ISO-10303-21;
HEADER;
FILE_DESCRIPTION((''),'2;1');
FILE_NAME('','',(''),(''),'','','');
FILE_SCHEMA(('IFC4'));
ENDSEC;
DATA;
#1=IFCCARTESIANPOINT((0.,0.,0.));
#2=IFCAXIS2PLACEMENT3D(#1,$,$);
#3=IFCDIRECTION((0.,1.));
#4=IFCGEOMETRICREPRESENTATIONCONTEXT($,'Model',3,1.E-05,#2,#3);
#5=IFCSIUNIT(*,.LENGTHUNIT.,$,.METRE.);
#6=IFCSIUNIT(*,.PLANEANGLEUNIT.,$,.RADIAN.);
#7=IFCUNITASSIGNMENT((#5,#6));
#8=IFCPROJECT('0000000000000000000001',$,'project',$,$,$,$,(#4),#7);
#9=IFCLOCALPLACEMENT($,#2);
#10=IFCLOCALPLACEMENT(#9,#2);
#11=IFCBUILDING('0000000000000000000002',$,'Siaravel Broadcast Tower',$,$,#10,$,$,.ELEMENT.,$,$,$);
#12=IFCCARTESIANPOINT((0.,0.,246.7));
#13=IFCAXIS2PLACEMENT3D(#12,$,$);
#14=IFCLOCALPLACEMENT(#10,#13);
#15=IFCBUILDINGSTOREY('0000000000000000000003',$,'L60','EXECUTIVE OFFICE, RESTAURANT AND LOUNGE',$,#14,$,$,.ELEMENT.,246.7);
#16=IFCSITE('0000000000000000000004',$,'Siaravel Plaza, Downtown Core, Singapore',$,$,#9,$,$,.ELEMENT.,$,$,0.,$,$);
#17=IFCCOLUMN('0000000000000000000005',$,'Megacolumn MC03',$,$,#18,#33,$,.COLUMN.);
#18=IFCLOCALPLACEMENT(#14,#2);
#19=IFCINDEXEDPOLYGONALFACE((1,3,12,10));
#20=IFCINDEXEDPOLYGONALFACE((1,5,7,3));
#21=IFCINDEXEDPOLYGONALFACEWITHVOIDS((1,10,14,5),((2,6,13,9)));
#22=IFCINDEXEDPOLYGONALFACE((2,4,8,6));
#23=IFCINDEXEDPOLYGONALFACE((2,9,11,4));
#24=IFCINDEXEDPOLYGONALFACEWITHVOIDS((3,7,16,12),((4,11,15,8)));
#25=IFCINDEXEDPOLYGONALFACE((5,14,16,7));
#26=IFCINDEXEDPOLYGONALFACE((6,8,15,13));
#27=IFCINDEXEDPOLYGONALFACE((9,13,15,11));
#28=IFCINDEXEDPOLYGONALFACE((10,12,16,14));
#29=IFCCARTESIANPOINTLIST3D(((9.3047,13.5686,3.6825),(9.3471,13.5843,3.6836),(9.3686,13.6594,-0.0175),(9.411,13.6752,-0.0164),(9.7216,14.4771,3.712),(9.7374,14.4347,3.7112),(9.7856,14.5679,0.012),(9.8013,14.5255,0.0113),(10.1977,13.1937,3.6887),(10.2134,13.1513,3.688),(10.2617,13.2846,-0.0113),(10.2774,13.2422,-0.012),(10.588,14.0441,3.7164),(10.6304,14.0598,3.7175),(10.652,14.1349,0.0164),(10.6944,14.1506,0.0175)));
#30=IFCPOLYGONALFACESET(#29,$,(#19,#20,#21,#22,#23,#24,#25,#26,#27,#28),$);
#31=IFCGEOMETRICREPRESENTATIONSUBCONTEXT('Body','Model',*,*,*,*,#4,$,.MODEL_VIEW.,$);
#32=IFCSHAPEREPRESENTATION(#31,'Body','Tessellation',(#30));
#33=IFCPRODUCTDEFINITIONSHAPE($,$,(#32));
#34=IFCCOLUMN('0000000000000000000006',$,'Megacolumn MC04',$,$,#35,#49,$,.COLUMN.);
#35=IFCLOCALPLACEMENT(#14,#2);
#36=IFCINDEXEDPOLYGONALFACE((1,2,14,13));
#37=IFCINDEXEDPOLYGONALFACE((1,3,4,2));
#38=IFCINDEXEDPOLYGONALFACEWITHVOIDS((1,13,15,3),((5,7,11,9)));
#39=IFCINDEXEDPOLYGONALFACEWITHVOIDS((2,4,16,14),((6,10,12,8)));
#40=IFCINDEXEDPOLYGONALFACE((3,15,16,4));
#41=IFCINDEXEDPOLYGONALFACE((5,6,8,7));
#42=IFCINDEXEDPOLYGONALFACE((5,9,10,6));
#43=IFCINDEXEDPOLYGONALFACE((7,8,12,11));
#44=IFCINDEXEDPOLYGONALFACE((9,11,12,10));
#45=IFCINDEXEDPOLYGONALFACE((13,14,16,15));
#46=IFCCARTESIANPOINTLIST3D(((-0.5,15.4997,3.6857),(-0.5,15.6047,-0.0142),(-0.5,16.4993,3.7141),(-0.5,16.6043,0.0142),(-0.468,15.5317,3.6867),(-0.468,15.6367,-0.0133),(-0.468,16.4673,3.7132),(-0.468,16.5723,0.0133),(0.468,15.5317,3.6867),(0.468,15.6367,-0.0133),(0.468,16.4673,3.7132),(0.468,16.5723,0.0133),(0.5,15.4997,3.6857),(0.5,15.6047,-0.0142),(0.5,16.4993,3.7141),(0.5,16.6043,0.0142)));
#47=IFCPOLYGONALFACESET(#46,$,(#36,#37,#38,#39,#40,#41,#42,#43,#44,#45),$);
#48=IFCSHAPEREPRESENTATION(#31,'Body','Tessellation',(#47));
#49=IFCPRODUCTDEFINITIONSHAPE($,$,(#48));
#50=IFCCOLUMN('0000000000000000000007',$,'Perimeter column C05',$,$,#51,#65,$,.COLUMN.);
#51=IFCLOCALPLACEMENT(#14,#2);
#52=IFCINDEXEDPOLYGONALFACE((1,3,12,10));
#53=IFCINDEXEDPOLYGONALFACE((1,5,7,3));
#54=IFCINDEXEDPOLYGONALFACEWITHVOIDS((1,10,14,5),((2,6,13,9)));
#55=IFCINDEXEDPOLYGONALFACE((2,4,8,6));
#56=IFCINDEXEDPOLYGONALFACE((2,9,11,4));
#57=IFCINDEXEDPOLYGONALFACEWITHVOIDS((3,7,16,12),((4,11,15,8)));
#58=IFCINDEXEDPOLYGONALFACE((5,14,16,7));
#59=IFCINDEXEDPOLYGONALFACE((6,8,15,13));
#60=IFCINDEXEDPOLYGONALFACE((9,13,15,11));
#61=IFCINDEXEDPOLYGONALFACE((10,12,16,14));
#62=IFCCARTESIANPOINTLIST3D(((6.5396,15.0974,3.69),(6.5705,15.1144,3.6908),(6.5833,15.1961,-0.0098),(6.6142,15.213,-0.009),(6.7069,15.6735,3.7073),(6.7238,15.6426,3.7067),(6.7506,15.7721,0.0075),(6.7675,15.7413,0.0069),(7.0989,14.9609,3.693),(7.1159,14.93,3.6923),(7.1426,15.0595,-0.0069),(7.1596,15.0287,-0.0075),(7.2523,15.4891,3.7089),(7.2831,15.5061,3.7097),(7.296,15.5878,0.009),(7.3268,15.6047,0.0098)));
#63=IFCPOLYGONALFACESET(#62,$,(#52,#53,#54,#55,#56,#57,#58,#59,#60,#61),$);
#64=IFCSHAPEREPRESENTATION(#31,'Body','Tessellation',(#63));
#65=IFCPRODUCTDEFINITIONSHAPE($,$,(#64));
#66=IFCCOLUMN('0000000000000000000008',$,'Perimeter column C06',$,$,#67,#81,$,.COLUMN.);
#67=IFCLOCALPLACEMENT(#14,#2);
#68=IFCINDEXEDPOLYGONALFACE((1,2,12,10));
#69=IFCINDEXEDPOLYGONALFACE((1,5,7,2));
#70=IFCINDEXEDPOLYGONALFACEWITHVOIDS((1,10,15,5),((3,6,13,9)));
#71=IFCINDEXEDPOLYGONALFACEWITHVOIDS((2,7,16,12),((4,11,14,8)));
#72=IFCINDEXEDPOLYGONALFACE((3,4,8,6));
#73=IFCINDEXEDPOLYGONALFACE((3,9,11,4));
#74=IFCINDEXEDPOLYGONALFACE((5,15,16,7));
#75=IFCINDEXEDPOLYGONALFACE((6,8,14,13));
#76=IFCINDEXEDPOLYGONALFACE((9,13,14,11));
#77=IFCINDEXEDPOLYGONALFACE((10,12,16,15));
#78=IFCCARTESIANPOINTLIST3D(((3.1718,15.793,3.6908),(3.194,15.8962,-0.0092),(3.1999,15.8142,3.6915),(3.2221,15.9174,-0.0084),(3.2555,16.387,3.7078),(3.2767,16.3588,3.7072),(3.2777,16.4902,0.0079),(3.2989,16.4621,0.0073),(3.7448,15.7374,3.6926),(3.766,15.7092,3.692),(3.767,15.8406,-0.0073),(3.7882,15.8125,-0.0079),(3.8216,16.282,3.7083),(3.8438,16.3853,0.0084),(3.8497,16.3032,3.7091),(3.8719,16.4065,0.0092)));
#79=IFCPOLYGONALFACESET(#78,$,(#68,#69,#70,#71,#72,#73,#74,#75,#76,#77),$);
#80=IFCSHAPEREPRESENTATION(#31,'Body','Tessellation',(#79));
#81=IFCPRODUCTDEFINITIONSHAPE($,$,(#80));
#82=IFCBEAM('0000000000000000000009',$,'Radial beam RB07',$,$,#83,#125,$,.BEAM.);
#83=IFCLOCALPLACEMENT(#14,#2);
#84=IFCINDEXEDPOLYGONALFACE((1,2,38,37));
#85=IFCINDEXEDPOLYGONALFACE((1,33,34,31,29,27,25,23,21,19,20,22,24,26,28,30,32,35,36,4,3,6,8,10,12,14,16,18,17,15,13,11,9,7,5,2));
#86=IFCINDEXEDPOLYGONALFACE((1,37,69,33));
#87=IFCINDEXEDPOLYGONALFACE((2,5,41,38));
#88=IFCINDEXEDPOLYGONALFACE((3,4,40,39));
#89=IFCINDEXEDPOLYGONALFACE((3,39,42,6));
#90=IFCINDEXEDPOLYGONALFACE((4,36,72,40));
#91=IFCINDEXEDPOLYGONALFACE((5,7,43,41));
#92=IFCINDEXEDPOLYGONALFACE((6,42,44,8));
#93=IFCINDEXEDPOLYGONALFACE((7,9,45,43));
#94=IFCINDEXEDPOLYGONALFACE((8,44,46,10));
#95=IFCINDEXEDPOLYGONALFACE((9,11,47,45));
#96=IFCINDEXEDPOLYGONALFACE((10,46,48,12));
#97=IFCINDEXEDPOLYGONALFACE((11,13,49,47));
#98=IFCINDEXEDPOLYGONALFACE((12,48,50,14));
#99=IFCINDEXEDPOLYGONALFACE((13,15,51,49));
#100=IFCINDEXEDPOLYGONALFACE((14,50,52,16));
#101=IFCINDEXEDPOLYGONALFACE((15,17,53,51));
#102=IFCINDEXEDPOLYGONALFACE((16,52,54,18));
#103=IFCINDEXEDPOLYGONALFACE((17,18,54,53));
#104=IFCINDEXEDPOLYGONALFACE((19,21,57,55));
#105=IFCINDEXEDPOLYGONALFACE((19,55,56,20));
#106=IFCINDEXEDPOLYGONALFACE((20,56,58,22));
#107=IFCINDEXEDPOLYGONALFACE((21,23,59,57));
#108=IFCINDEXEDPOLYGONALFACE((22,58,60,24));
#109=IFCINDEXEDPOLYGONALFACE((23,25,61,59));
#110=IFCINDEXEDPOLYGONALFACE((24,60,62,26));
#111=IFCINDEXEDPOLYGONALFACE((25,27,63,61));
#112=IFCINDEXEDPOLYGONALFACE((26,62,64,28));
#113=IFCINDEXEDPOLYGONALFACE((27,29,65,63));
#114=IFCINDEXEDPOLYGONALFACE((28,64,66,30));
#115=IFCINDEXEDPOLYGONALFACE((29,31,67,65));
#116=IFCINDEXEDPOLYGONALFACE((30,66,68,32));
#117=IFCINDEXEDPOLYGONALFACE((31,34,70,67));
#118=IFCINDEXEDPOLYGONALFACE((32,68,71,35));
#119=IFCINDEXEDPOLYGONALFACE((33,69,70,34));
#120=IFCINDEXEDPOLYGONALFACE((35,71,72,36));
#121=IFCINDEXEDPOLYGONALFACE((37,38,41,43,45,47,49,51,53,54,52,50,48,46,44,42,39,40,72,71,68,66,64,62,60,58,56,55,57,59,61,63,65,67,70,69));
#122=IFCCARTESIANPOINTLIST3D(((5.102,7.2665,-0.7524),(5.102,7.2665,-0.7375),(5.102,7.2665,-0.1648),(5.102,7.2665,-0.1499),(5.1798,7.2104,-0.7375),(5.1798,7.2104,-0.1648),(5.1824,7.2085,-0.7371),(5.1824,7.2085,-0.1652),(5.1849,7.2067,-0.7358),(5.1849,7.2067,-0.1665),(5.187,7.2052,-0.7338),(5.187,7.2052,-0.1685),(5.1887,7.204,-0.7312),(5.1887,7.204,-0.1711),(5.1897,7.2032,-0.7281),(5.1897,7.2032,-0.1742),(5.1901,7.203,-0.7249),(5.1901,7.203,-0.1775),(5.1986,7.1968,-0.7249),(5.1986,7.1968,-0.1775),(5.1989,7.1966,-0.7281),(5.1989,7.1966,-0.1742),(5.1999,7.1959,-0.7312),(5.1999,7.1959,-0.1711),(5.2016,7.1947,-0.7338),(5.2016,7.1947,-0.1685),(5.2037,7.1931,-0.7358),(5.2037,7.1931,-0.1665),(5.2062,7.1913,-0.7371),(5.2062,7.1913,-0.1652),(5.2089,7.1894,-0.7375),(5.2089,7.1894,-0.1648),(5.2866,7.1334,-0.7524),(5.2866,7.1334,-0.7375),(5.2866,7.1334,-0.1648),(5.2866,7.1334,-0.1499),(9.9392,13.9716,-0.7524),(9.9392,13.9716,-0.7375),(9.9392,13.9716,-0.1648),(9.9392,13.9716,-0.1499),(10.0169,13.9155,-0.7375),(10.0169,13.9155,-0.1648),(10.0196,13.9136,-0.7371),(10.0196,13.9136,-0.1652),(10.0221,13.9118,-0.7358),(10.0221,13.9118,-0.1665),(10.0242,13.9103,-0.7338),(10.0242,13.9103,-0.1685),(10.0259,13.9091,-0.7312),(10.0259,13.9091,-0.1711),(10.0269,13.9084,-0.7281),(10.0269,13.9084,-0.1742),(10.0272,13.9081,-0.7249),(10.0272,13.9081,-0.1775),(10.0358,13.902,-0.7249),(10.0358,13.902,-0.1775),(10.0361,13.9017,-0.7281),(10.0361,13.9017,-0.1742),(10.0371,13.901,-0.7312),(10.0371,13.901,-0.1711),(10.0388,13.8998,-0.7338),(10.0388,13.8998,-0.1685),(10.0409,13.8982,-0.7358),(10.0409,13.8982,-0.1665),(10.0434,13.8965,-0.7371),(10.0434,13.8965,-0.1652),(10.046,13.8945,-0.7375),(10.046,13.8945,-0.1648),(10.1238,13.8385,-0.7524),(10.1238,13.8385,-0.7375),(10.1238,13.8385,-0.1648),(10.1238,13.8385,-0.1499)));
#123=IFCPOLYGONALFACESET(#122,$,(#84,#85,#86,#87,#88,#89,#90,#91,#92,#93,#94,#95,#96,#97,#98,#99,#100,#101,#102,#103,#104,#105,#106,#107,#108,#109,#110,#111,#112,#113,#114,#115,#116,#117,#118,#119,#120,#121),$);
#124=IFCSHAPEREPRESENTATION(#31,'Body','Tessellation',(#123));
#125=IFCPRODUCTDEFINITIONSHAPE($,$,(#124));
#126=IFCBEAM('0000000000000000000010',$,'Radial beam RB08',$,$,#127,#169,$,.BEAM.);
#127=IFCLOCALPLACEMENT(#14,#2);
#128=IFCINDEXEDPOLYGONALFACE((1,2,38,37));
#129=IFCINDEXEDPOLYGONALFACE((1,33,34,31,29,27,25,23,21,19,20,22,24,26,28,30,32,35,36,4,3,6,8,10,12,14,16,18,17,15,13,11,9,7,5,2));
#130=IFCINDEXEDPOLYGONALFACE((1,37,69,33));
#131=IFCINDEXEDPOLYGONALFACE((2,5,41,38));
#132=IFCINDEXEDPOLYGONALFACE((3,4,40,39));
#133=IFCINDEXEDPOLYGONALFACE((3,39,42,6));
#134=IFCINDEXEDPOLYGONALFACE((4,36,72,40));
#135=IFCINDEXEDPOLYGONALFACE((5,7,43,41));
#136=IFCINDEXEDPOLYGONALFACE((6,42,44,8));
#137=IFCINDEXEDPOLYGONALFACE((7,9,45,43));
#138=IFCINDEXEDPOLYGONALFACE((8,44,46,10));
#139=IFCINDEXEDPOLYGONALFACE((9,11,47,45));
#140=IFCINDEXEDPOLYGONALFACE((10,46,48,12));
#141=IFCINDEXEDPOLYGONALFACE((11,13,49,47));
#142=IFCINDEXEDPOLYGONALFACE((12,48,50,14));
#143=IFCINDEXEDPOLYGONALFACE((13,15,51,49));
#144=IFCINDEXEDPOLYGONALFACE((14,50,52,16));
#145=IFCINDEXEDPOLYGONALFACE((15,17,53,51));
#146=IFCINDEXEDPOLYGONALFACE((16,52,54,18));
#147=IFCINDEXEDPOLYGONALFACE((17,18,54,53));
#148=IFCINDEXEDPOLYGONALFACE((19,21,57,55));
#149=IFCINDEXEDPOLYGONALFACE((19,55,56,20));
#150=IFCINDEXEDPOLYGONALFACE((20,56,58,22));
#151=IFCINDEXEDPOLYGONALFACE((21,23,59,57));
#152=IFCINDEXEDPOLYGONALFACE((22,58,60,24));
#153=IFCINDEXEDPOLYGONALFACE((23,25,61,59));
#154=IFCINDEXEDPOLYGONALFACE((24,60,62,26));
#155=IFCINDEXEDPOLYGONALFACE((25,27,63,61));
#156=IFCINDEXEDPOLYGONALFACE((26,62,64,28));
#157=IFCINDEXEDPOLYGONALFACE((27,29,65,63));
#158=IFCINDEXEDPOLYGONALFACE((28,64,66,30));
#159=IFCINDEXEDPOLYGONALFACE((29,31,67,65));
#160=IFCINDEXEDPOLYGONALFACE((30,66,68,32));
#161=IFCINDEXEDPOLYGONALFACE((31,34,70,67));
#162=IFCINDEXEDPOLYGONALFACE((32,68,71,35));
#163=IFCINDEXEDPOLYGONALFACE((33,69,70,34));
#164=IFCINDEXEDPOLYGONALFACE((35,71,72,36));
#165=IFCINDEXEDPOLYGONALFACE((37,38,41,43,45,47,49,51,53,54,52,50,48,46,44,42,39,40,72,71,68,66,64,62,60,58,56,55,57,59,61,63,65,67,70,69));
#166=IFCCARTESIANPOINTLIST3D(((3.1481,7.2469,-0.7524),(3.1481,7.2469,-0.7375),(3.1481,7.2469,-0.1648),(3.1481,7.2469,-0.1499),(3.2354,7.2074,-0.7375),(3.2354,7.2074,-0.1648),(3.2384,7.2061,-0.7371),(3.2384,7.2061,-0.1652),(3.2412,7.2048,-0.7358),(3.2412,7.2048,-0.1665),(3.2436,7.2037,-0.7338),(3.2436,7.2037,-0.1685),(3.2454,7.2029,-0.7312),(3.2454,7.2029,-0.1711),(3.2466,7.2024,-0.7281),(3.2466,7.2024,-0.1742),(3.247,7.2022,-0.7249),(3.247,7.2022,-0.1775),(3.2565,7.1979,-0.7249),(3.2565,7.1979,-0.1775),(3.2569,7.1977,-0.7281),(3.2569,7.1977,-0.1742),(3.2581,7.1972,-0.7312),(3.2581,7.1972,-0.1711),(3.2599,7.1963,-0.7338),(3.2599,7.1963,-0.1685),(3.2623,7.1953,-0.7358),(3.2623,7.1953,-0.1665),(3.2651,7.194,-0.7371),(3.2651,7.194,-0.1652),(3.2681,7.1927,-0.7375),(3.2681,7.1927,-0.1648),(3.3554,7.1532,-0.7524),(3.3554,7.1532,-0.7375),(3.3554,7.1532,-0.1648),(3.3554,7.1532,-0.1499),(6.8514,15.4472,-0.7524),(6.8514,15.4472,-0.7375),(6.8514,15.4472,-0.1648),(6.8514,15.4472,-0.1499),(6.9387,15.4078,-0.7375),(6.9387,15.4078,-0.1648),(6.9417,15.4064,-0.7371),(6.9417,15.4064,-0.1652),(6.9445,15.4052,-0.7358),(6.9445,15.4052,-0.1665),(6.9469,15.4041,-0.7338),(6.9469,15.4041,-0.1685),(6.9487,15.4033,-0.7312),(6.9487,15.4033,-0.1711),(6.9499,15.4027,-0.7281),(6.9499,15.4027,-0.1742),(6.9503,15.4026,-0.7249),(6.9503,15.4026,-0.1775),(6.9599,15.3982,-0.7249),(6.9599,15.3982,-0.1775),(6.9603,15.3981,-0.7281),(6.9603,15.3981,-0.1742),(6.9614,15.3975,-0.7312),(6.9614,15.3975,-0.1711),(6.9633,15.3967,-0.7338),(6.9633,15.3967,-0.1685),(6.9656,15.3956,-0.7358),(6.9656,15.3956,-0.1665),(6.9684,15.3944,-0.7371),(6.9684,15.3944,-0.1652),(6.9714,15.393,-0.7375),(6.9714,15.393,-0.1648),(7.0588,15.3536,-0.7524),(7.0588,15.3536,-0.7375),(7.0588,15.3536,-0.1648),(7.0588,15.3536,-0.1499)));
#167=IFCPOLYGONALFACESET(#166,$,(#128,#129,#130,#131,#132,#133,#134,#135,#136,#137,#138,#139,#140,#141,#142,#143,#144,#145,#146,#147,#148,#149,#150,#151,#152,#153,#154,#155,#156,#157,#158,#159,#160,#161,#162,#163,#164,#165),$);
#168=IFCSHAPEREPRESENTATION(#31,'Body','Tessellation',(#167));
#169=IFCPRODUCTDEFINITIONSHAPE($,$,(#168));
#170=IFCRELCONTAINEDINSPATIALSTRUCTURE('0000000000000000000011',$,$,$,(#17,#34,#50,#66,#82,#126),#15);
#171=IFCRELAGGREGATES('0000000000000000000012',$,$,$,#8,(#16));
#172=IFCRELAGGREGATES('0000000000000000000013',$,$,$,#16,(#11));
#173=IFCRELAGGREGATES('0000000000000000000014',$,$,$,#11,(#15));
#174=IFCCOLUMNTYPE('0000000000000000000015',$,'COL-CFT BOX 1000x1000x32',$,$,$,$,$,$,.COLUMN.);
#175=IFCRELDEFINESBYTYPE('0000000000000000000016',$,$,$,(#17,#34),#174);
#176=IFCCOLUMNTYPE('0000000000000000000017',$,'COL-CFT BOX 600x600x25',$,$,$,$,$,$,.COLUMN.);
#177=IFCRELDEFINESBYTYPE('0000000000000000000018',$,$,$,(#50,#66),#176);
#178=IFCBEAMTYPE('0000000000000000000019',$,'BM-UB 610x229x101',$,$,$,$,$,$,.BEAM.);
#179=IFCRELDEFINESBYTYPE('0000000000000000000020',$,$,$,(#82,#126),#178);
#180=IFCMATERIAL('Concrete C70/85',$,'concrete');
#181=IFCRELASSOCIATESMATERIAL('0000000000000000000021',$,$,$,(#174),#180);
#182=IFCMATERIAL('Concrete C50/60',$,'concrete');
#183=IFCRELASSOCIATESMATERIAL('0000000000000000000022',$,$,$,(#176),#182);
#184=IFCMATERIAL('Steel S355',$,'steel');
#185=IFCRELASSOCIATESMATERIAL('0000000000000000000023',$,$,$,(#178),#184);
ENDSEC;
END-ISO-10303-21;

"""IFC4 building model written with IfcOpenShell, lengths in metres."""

from ifc_helpers import new_model, si_unit, direction, frame, origin, origin_2d, place, context, subcontext, project, spatial, hollow_rectangle, i_section, extrude, material, material_profile, profile_set, type_object, element, save


model = new_model("IFC4")

# Units and contexts
model_context = context("Model", 3, precision=1e-05, world=origin(), true_north=direction((0.0, 1.0)))
body_context = subcontext(model_context, "Body", "Model", "MODEL_VIEW")
ifc_project = project(units=[si_unit("LENGTHUNIT", "METRE"), si_unit("PLANEANGLEUNIT", "RADIAN")], contexts=[model_context])

# Site, building, storey
site_placement = place(None, origin())
site = spatial("IfcSite", under=ifc_project, at=site_placement, Name="Siaravel Plaza, Downtown Core, Singapore", CompositionType="ELEMENT", RefElevation=0.0)
building_placement = place(site_placement, origin())
building = spatial("IfcBuilding", under=site, at=building_placement, Name="Siaravel Broadcast Tower", CompositionType="ELEMENT")
storey_placement = place(building_placement, frame((0.0, 0.0, 246.7)))
storey = spatial("IfcBuildingStorey", under=building, at=storey_placement, Name="L60", Description="EXECUTIVE OFFICE, RESTAURANT AND LOUNGE", CompositionType="ELEMENT", Elevation=246.7)

# Columns
ifc_material_1 = material(Name="Concrete C70/85", Category="concrete")
ifc_material_profile_1 = material_profile(ifc_material_1, hollow_rectangle(XDim=1.0, YDim=1.0, WallThickness=0.032, at=origin_2d()))
ifc_profile_set_1 = profile_set([ifc_material_profile_1], Name="Concrete C70/85")
column_type_1 = type_object("IfcColumnType", Name="COL-CFT BOX 1000x1000x32", PredefinedType="COLUMN", material=ifc_profile_set_1)
column_1_placement = place(storey_placement, frame((10.0315, 13.905, 0.0), z_axis=(-0.01728, -0.024535, 0.99955), x_axis=(0.908759, -0.417285, 0.005468)))
element("IfcColumn", 1, at=column_1_placement, inside=storey, type_object=column_type_1, Name="Megacolumn MC03", PredefinedType="COLUMN", context=body_context, shape_type="SweptSolid", body=[
    extrude(hollow_rectangle(XDim=1.0, YDim=1.0, WallThickness=0.032, at=origin_2d()), origin(), (0.0, 0.0, 1.0), 3.7017),
])
column_2_placement = place(storey_placement, frame((0.0, 16.1045, 0.0), z_axis=(0.0, -0.028362, 0.999598), x_axis=(1.0, 0.0, 0.0)))
element("IfcColumn", 2, at=column_2_placement, inside=storey, type_object=column_type_1, Name="Megacolumn MC04", PredefinedType="COLUMN", context=body_context, shape_type="SweptSolid", body=[
    extrude(hollow_rectangle(XDim=1.0, YDim=1.0, WallThickness=0.032, at=origin_2d()), origin(), (0.0, 0.0, 1.0), 3.7014),
])
ifc_material_2 = material(Name="Concrete C50/60", Category="concrete")
ifc_material_profile_2 = material_profile(ifc_material_2, hollow_rectangle(XDim=0.6001, YDim=0.6001, WallThickness=0.0249, at=origin_2d()))
ifc_profile_set_2 = profile_set([ifc_material_profile_2], Name="Concrete C50/60")
column_type_2 = type_object("IfcColumnType", Name="COL-CFT BOX 600x600x25", PredefinedType="COLUMN", material=ifc_profile_set_2)
for number, where, z_axis, x_axis, name in (
    (3, (6.9551, 15.4004, 0.0), (-0.011806, -0.026647, 0.999575), (0.960306, -0.27892, 0.003907), "Perimeter column C05"),
    (4, (3.533, 16.1514, 0.0), (-0.006002, -0.0279, 0.999593), (0.990211, -0.139565, 0.00205), "Perimeter column C06"),
):
    element("IfcColumn", number, at=place(storey_placement, frame(where, z_axis=z_axis, x_axis=x_axis)), inside=storey, type_object=column_type_2, Name=name, PredefinedType="COLUMN", context=body_context, shape_type="SweptSolid", body=[
        extrude(hollow_rectangle(XDim=0.6001, YDim=0.6001, WallThickness=0.0249, at=origin_2d()), origin(), (0.0, 0.0, 1.0), 3.7014),
    ])

# Beams
ifc_material_3 = material(Name="Steel S355", Category="steel")
ifc_material_profile_3 = material_profile(ifc_material_3, i_section(OverallWidth=0.2275, OverallDepth=0.6025, WebThickness=0.0105, FlangeThickness=0.0149, FilletRadius=0.0127, at=origin_2d()))
ifc_profile_set_3 = profile_set([ifc_material_profile_3], Name="Steel S355")
beam_type = type_object("IfcBeamType", Name="BM-UB 610x229x101", PredefinedType="BEAM", material=ifc_profile_set_3)
beam_1_placement = place(storey_placement, frame((10.0315, 13.905, -0.4512), z_axis=(-0.585061, -0.810989, 0.0), x_axis=(0.810989, -0.585061, 0.0)))
element("IfcBeam", 5, at=beam_1_placement, inside=storey, type_object=beam_type, Name="Radial beam RB07", PredefinedType="BEAM", context=body_context, shape_type="SweptSolid", body=[
    extrude(i_section(OverallWidth=0.2275, OverallDepth=0.6025, WebThickness=0.0105, FlangeThickness=0.0149, FilletRadius=0.0127, at=origin_2d()), origin(), (0.0, 0.0, 1.0), 8.2678),
])
beam_2_placement = place(storey_placement, frame((6.9551, 15.4004, -0.4512), z_axis=(-0.411582, -0.911373, 0.0), x_axis=(0.911373, -0.411582, 0.0)))
element("IfcBeam", 6, at=beam_2_placement, inside=storey, type_object=beam_type, Name="Radial beam RB08", PredefinedType="BEAM", context=body_context, shape_type="SweptSolid", body=[
    extrude(i_section(OverallWidth=0.2275, OverallDepth=0.6025, WebThickness=0.0105, FlangeThickness=0.0149, FilletRadius=0.0127, at=origin_2d()), origin(), (0.0, 0.0, 1.0), 8.9978),
])

save(model, "model.ifc")
